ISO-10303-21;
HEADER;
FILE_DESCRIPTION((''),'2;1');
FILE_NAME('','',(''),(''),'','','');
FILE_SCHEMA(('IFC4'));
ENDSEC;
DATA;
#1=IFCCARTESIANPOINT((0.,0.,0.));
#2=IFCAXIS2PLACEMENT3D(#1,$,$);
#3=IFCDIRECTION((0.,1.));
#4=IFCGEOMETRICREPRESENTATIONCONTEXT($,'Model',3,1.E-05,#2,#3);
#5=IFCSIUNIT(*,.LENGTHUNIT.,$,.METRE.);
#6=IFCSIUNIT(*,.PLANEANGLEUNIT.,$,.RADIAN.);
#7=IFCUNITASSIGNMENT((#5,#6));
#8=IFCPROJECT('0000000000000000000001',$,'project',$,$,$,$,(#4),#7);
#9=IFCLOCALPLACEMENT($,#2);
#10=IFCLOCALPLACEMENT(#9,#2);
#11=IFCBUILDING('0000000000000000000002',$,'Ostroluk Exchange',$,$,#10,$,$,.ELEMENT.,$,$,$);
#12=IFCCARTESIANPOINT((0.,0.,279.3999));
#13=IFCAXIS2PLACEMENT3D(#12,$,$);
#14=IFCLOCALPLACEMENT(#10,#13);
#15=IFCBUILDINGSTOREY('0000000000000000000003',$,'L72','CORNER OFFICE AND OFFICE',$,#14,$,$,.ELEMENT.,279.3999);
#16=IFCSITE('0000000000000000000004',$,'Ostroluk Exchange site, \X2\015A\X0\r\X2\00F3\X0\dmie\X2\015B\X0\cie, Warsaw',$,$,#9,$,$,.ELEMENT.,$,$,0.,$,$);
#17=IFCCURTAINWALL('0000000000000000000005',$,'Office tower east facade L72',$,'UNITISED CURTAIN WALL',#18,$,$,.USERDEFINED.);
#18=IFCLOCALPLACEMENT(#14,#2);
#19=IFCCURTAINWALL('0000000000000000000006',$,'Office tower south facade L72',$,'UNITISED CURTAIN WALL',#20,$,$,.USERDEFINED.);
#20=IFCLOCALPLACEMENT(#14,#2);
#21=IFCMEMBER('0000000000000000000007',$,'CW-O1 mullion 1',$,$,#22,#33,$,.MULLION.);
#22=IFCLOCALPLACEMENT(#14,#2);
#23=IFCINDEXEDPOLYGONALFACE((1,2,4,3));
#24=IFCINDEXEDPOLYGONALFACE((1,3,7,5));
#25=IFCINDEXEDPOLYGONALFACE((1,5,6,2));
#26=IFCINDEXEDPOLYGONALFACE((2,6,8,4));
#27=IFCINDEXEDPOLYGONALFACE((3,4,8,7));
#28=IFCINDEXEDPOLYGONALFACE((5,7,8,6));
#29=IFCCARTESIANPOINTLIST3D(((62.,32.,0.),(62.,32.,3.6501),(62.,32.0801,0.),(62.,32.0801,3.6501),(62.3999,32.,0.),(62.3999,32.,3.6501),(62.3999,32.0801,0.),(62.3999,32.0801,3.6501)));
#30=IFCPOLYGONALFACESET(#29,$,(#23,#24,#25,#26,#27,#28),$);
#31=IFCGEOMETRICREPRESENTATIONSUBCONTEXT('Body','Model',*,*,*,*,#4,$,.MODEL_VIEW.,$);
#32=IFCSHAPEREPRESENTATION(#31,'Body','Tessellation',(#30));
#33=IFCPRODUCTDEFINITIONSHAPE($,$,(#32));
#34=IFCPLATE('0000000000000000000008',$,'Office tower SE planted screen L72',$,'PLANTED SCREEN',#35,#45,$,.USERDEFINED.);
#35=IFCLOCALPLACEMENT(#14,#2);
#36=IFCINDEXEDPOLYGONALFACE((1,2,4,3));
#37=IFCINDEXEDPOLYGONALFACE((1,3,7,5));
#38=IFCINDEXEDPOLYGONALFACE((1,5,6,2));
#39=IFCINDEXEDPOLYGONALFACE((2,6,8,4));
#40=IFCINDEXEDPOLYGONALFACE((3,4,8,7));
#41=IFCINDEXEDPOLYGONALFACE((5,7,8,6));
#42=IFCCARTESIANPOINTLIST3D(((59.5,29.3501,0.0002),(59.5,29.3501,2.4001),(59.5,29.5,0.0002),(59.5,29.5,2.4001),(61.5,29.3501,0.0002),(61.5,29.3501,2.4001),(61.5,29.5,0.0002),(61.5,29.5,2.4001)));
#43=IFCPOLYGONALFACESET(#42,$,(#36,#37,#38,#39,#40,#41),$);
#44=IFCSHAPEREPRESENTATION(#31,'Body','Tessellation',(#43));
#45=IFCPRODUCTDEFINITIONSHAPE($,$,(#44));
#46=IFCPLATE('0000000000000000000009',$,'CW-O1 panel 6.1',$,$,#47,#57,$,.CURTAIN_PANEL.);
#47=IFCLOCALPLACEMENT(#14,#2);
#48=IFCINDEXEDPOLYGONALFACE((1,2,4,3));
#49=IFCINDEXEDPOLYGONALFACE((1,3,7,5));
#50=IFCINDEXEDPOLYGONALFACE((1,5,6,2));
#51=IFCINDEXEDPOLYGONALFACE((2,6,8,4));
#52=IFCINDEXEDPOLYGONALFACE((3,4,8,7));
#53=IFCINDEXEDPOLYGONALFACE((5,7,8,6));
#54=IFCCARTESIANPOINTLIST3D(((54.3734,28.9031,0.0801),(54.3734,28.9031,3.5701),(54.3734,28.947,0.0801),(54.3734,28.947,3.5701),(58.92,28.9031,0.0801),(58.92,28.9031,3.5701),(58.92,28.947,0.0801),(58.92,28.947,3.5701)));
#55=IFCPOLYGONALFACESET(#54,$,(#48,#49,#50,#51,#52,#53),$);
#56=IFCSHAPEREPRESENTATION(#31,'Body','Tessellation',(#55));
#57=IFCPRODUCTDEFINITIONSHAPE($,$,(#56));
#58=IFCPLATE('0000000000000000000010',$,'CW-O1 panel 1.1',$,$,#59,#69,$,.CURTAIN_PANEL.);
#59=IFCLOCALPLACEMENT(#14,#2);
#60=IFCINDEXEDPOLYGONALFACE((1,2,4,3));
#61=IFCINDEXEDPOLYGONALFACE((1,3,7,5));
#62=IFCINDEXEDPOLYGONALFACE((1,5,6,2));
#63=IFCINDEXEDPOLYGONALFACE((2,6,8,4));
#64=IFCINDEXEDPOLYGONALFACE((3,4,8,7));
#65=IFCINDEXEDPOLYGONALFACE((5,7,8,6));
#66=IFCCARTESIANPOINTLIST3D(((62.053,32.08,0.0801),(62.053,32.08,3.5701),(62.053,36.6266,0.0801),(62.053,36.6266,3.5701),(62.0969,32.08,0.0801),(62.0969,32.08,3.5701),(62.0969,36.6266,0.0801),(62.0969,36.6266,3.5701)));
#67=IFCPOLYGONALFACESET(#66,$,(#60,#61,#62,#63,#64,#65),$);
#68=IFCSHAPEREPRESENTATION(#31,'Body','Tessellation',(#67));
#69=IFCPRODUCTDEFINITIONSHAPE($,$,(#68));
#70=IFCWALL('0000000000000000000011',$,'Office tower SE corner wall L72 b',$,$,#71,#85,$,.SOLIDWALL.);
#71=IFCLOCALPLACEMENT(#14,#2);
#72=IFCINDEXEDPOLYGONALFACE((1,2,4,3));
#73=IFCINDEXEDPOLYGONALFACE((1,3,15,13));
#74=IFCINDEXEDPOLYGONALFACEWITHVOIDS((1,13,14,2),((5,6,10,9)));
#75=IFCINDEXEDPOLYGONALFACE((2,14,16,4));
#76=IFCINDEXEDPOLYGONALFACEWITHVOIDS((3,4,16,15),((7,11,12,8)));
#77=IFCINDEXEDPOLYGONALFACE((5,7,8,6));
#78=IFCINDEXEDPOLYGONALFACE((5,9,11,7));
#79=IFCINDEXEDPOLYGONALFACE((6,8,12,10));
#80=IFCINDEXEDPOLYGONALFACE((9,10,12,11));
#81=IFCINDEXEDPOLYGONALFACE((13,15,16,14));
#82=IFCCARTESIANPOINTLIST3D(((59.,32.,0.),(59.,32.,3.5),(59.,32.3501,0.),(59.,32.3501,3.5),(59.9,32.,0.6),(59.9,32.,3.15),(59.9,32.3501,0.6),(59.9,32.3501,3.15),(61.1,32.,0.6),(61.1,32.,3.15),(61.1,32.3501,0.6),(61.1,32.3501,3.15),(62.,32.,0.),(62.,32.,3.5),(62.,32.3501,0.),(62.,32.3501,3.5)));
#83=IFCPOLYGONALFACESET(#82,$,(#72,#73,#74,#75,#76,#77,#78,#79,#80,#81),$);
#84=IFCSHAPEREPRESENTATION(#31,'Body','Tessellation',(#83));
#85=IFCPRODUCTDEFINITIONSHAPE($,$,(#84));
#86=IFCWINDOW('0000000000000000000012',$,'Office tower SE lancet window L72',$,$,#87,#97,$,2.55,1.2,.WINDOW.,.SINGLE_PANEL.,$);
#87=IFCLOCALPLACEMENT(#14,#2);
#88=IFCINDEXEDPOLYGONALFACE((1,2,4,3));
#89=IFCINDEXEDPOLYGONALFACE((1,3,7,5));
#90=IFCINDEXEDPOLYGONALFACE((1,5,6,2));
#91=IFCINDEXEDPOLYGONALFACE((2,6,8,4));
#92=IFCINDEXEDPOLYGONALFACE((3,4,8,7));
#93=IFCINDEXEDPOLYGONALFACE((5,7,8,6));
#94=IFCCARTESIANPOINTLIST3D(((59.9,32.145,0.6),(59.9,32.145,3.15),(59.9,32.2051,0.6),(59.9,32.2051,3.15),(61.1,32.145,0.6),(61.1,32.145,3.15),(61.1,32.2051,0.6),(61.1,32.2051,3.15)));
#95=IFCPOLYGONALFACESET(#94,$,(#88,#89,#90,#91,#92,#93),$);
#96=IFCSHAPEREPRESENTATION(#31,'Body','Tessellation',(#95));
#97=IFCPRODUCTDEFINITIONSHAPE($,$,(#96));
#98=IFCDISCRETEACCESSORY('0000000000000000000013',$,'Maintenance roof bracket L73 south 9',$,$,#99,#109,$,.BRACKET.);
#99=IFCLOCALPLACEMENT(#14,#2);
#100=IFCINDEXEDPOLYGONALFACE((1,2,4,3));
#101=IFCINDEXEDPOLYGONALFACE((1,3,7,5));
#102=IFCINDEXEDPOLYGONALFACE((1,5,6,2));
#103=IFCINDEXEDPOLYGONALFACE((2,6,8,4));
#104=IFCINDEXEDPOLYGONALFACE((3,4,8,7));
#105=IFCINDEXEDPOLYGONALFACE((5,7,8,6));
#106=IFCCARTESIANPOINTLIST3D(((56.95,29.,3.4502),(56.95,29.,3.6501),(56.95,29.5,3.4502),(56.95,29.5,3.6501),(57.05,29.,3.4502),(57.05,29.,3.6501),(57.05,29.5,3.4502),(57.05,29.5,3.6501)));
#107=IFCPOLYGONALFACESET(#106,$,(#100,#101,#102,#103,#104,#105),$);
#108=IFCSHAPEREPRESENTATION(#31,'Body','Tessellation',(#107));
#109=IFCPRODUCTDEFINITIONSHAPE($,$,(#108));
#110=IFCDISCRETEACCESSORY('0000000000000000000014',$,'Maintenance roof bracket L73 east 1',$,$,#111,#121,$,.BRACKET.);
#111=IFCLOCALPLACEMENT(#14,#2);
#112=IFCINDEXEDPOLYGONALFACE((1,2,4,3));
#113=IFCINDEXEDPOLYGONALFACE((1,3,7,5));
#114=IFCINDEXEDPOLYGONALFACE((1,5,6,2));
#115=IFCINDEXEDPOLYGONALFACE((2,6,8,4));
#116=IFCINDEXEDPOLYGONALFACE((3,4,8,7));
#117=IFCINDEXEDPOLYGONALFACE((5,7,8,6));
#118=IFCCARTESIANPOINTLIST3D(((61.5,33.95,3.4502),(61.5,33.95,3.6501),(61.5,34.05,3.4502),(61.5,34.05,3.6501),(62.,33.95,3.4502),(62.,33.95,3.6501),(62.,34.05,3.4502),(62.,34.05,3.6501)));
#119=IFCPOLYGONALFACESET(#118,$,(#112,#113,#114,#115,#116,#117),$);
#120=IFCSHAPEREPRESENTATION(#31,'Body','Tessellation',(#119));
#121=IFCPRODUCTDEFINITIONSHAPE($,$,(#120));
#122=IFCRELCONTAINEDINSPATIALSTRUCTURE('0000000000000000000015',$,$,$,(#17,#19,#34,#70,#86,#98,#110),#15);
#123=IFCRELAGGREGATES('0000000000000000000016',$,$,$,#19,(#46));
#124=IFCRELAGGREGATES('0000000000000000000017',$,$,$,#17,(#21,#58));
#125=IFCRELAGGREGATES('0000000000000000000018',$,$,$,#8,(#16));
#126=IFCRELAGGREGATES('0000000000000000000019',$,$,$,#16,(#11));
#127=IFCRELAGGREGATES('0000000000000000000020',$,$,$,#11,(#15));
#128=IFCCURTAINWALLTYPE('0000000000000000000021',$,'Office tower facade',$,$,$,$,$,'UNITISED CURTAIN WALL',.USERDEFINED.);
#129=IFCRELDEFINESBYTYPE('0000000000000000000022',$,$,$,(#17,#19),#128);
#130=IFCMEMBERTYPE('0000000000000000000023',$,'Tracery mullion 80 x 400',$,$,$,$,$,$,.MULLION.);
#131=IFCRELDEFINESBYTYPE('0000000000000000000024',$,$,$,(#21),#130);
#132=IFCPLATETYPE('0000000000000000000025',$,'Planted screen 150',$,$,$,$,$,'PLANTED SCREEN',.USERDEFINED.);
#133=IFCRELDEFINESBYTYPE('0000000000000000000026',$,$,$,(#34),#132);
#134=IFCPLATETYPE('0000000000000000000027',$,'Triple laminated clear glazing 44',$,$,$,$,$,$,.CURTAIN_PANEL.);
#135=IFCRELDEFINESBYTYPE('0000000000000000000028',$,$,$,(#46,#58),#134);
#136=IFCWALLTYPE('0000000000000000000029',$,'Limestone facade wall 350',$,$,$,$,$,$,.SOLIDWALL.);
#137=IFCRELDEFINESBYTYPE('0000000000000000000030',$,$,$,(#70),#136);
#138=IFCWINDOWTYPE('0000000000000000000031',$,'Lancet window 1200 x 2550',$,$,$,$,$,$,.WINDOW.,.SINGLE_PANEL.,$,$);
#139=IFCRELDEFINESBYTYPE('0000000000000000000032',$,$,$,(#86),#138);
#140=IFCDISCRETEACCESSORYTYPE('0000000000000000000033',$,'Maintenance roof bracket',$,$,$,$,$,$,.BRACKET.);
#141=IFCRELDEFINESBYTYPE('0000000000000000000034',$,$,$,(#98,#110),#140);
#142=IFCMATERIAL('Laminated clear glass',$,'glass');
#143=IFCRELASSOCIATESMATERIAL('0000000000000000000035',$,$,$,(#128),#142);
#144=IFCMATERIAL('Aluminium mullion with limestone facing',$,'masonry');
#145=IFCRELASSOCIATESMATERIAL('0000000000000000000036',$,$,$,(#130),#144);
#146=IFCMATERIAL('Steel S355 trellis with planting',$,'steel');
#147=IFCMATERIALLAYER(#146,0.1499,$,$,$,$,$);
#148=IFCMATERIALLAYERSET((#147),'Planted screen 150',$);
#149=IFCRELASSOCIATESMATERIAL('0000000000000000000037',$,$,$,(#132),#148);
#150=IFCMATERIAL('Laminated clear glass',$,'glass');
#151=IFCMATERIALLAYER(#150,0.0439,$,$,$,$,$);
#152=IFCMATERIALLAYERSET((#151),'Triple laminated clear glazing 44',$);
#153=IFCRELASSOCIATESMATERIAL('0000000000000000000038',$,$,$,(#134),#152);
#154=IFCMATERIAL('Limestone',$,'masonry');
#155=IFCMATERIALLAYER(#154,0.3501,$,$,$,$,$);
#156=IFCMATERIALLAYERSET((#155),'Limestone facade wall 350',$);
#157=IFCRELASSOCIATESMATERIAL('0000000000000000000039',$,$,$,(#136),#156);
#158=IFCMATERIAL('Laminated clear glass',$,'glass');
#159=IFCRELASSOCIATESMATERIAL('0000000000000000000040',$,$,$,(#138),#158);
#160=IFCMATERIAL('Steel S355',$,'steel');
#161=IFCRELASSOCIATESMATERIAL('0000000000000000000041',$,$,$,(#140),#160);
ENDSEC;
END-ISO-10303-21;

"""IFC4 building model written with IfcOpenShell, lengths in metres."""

from ifc_helpers import new_model, si_unit, direction, frame, frame_2d, origin, origin_2d, place, context, subcontext, project, spatial, rectangle, extrude, material, layer, layer_set, material_profile, profile_set, type_object, element, fill, aggregate, save


model = new_model("IFC4")

# Units and contexts
model_context = context("Model", 3, precision=1e-05, world=origin(), true_north=direction((0.0, 1.0)))
body_context = subcontext(model_context, "Body", "Model", "MODEL_VIEW")
ifc_project = project(units=[si_unit("LENGTHUNIT", "METRE"), si_unit("PLANEANGLEUNIT", "RADIAN")], contexts=[model_context])

# Site, building, storey
site_placement = place(None, origin())
site = spatial("IfcSite", under=ifc_project, at=site_placement, Name="Ostroluk Exchange site, Śródmieście, Warsaw", CompositionType="ELEMENT", RefElevation=0.0)
building_placement = place(site_placement, origin())
building = spatial("IfcBuilding", under=site, at=building_placement, Name="Ostroluk Exchange", CompositionType="ELEMENT")
storey_placement = place(building_placement, frame((0.0, 0.0, 279.3999)))
storey = spatial("IfcBuildingStorey", under=building, at=storey_placement, Name="L72", Description="CORNER OFFICE AND OFFICE", CompositionType="ELEMENT", Elevation=279.3999)

# Curtain wall
ifc_material_1 = material(Name="Laminated clear glass", Category="glass")
curtain_wall_type = type_object("IfcCurtainWallType", Name="Office tower facade", ElementType="UNITISED CURTAIN WALL", PredefinedType="USERDEFINED", material=ifc_material_1)
curtain_wall_1_placement = place(storey_placement, origin())
curtain_wall_1 = element("IfcCurtainWall", 1, at=curtain_wall_1_placement, inside=storey, type_object=curtain_wall_type, Name="Office tower east facade L72", ObjectType="UNITISED CURTAIN WALL", PredefinedType="USERDEFINED")

# Curtain wall
curtain_wall_2_placement = place(storey_placement, origin())
curtain_wall_2 = element("IfcCurtainWall", 2, at=curtain_wall_2_placement, inside=storey, type_object=curtain_wall_type, Name="Office tower south facade L72", ObjectType="UNITISED CURTAIN WALL", PredefinedType="USERDEFINED")
ifc_material_2 = material(Name="Aluminium mullion with limestone facing", Category="masonry")
ifc_material_profile_1 = material_profile(ifc_material_2, rectangle(XDim=0.3999, YDim=0.0801, at=origin_2d()), Name="Tracery mullion 80 x 400")
ifc_profile_set_1 = profile_set([ifc_material_profile_1], Name="Aluminium mullion with limestone facing")
member_type_1 = type_object("IfcMemberType", Name="Tracery mullion 80 x 400", PredefinedType="MULLION", material=ifc_profile_set_1)

# Member
member_1_placement = place(storey_placement, frame((62.2, 32.04, 0.0), z_axis=(0.0, 0.0, 1.0), x_axis=(-1.0, 0.0, 0.0)))
member_1 = element("IfcMember", 3, at=member_1_placement, type_object=member_type_1, Name="CW-O1 mullion 1", PredefinedType="MULLION", context=body_context, shape_type="SweptSolid", body=[
    extrude(rectangle(XDim=0.3999, YDim=0.0801, at=origin_2d()), origin(), (0.0, 0.0, 1.0), 3.6501),
])

# Plates
ifc_material_3 = material(Name="Steel S355 trellis with planting", Category="steel")
ifc_layer_1 = layer(ifc_material_3, 0.1499)
ifc_layer_set_1 = layer_set([ifc_layer_1], Name="Planted screen 150")
plate_type_1 = type_object("IfcPlateType", Name="Planted screen 150", ElementType="PLANTED SCREEN", PredefinedType="USERDEFINED", material=ifc_layer_set_1)
plate_1_placement = place(storey_placement, frame((60.5, 29.425, 0.0002), z_axis=(0.0, 0.0, 1.0), x_axis=(1.0, 0.0, 0.0)))
element("IfcPlate", 4, at=plate_1_placement, inside=storey, type_object=plate_type_1, Name="Office tower SE planted screen L72", ObjectType="PLANTED SCREEN", PredefinedType="USERDEFINED", context=body_context, shape_type="SweptSolid", body=[
    extrude(rectangle(XDim=2.0, YDim=0.1499, at=origin_2d()), origin(), (0.0, 0.0, 1.0), 2.3999),
])
ifc_material_4 = material(Name="Laminated clear glass", Category="glass")
ifc_layer_2 = layer(ifc_material_4, 0.0439)
ifc_layer_set_2 = layer_set([ifc_layer_2], Name="Triple laminated clear glazing 44")
plate_type_2 = type_object("IfcPlateType", Name="Triple laminated clear glazing 44", PredefinedType="CURTAIN_PANEL", material=ifc_layer_set_2)
plate_2_placement = place(storey_placement, frame((56.6467, 28.925, 0.0801), z_axis=(0.0, 0.0, 1.0), x_axis=(1.0, 0.0, 0.0)))
plate_2 = element("IfcPlate", 5, at=plate_2_placement, type_object=plate_type_2, Name="CW-O1 panel 6.1", PredefinedType="CURTAIN_PANEL", context=body_context, shape_type="SweptSolid", body=[
    extrude(rectangle(XDim=4.5466, YDim=0.0439, at=origin_2d()), origin(), (0.0, 0.0, 1.0), 3.49),
])
aggregate(curtain_wall_2, [plate_2])
plate_3_placement = place(storey_placement, frame((62.075, 34.3533, 0.0801), z_axis=(0.0, 0.0, 1.0), x_axis=(0.0, 1.0, 0.0)))
plate_3 = element("IfcPlate", 6, at=plate_3_placement, type_object=plate_type_2, Name="CW-O1 panel 1.1", PredefinedType="CURTAIN_PANEL", context=body_context, shape_type="SweptSolid", body=[
    extrude(rectangle(XDim=4.5466, YDim=0.0439, at=origin_2d()), origin(), (0.0, 0.0, 1.0), 3.49),
])
aggregate(curtain_wall_1, [member_1, plate_3])

# Shared definitions
ifc_material_5 = material(Name="Limestone", Category="masonry")
ifc_layer_3 = layer(ifc_material_5, 0.3501)
ifc_layer_set_3 = layer_set([ifc_layer_3], Name="Limestone facade wall 350")
wall_type = type_object("IfcWallType", Name="Limestone facade wall 350", PredefinedType="SOLIDWALL", material=ifc_layer_set_3)

# Wall, opening, window
wall_1_placement = place(storey_placement, frame((59.0, 32.175, 0.0), z_axis=(0.0, 0.0, 1.0), x_axis=(1.0, 0.0, 0.0)))
wall_1 = element("IfcWall", 7, at=wall_1_placement, inside=storey, type_object=wall_type, Name="Office tower SE corner wall L72 b", PredefinedType="SOLIDWALL", context=body_context, shape_type="SweptSolid", body=[
    extrude(rectangle(XDim=3.0, YDim=0.3501, at=frame_2d((1.5, 0.0))), origin(), (0.0, 0.0, 1.0), 3.5),
])
opening_1_placement = place(wall_1_placement, frame((0.8999, 0.0, 0.6001)))
opening_1 = element("IfcOpeningElement", 8, at=opening_1_placement, cuts=wall_1, PredefinedType="OPENING", context=body_context, shape_type="SweptSolid", body=[
    extrude(rectangle(XDim=1.2, YDim=2.55, at=frame_2d((0.6001, 1.2749))), frame((0.0, 0.1851, 0.0), z_axis=(0.0, -1.0, 0.0), x_axis=(1.0, 0.0, 0.0)), (0.0, 0.0, 1.0), 0.3701),
])
ifc_material_6 = material(Name="Laminated clear glass", Category="glass")
window_type = type_object("IfcWindowType", Name="Lancet window 1200 x 2550", PartitioningType="SINGLE_PANEL", PredefinedType="WINDOW", material=ifc_material_6)
window_placement = place(opening_1_placement, origin())
window = element("IfcWindow", 9, at=window_placement, inside=storey, type_object=window_type, Name="Office tower SE lancet window L72", OverallHeight=2.55, OverallWidth=1.2, PartitioningType="SINGLE_PANEL", PredefinedType="WINDOW", context=body_context, shape_type="SweptSolid", body=[
    extrude(rectangle(XDim=1.2, YDim=2.55, at=frame_2d((0.6001, 1.2749))), frame((0.0, 0.03, 0.0), z_axis=(0.0, -1.0, 0.0), x_axis=(1.0, 0.0, 0.0)), (0.0, 0.0, 1.0), 0.0601),
])
fill(opening_1, window)

# Discrete accessories
ifc_material_7 = material(Name="Steel S355", Category="steel")
discrete_accessory_type = type_object("IfcDiscreteAccessoryType", Name="Maintenance roof bracket", PredefinedType="BRACKET", material=ifc_material_7)
discrete_accessory_1_placement = place(storey_placement, frame((57.0, 29.25, 3.4502), z_axis=(0.0, 0.0, 1.0), x_axis=(1.0, 0.0, 0.0)))
element("IfcDiscreteAccessory", 10, at=discrete_accessory_1_placement, inside=storey, type_object=discrete_accessory_type, Name="Maintenance roof bracket L73 south 9", PredefinedType="BRACKET", context=body_context, shape_type="SweptSolid", body=[
    extrude(rectangle(XDim=0.1001, YDim=0.5, at=origin_2d()), origin(), (0.0, 0.0, 1.0), 0.2),
])
discrete_accessory_2_placement = place(storey_placement, frame((61.75, 34.0, 3.4502), z_axis=(0.0, 0.0, 1.0), x_axis=(1.0, 0.0, 0.0)))
element("IfcDiscreteAccessory", 11, at=discrete_accessory_2_placement, inside=storey, type_object=discrete_accessory_type, Name="Maintenance roof bracket L73 east 1", PredefinedType="BRACKET", context=body_context, shape_type="SweptSolid", body=[
    extrude(rectangle(XDim=0.5, YDim=0.1001, at=origin_2d()), origin(), (0.0, 0.0, 1.0), 0.2),
])

save(model, "model.ifc")
